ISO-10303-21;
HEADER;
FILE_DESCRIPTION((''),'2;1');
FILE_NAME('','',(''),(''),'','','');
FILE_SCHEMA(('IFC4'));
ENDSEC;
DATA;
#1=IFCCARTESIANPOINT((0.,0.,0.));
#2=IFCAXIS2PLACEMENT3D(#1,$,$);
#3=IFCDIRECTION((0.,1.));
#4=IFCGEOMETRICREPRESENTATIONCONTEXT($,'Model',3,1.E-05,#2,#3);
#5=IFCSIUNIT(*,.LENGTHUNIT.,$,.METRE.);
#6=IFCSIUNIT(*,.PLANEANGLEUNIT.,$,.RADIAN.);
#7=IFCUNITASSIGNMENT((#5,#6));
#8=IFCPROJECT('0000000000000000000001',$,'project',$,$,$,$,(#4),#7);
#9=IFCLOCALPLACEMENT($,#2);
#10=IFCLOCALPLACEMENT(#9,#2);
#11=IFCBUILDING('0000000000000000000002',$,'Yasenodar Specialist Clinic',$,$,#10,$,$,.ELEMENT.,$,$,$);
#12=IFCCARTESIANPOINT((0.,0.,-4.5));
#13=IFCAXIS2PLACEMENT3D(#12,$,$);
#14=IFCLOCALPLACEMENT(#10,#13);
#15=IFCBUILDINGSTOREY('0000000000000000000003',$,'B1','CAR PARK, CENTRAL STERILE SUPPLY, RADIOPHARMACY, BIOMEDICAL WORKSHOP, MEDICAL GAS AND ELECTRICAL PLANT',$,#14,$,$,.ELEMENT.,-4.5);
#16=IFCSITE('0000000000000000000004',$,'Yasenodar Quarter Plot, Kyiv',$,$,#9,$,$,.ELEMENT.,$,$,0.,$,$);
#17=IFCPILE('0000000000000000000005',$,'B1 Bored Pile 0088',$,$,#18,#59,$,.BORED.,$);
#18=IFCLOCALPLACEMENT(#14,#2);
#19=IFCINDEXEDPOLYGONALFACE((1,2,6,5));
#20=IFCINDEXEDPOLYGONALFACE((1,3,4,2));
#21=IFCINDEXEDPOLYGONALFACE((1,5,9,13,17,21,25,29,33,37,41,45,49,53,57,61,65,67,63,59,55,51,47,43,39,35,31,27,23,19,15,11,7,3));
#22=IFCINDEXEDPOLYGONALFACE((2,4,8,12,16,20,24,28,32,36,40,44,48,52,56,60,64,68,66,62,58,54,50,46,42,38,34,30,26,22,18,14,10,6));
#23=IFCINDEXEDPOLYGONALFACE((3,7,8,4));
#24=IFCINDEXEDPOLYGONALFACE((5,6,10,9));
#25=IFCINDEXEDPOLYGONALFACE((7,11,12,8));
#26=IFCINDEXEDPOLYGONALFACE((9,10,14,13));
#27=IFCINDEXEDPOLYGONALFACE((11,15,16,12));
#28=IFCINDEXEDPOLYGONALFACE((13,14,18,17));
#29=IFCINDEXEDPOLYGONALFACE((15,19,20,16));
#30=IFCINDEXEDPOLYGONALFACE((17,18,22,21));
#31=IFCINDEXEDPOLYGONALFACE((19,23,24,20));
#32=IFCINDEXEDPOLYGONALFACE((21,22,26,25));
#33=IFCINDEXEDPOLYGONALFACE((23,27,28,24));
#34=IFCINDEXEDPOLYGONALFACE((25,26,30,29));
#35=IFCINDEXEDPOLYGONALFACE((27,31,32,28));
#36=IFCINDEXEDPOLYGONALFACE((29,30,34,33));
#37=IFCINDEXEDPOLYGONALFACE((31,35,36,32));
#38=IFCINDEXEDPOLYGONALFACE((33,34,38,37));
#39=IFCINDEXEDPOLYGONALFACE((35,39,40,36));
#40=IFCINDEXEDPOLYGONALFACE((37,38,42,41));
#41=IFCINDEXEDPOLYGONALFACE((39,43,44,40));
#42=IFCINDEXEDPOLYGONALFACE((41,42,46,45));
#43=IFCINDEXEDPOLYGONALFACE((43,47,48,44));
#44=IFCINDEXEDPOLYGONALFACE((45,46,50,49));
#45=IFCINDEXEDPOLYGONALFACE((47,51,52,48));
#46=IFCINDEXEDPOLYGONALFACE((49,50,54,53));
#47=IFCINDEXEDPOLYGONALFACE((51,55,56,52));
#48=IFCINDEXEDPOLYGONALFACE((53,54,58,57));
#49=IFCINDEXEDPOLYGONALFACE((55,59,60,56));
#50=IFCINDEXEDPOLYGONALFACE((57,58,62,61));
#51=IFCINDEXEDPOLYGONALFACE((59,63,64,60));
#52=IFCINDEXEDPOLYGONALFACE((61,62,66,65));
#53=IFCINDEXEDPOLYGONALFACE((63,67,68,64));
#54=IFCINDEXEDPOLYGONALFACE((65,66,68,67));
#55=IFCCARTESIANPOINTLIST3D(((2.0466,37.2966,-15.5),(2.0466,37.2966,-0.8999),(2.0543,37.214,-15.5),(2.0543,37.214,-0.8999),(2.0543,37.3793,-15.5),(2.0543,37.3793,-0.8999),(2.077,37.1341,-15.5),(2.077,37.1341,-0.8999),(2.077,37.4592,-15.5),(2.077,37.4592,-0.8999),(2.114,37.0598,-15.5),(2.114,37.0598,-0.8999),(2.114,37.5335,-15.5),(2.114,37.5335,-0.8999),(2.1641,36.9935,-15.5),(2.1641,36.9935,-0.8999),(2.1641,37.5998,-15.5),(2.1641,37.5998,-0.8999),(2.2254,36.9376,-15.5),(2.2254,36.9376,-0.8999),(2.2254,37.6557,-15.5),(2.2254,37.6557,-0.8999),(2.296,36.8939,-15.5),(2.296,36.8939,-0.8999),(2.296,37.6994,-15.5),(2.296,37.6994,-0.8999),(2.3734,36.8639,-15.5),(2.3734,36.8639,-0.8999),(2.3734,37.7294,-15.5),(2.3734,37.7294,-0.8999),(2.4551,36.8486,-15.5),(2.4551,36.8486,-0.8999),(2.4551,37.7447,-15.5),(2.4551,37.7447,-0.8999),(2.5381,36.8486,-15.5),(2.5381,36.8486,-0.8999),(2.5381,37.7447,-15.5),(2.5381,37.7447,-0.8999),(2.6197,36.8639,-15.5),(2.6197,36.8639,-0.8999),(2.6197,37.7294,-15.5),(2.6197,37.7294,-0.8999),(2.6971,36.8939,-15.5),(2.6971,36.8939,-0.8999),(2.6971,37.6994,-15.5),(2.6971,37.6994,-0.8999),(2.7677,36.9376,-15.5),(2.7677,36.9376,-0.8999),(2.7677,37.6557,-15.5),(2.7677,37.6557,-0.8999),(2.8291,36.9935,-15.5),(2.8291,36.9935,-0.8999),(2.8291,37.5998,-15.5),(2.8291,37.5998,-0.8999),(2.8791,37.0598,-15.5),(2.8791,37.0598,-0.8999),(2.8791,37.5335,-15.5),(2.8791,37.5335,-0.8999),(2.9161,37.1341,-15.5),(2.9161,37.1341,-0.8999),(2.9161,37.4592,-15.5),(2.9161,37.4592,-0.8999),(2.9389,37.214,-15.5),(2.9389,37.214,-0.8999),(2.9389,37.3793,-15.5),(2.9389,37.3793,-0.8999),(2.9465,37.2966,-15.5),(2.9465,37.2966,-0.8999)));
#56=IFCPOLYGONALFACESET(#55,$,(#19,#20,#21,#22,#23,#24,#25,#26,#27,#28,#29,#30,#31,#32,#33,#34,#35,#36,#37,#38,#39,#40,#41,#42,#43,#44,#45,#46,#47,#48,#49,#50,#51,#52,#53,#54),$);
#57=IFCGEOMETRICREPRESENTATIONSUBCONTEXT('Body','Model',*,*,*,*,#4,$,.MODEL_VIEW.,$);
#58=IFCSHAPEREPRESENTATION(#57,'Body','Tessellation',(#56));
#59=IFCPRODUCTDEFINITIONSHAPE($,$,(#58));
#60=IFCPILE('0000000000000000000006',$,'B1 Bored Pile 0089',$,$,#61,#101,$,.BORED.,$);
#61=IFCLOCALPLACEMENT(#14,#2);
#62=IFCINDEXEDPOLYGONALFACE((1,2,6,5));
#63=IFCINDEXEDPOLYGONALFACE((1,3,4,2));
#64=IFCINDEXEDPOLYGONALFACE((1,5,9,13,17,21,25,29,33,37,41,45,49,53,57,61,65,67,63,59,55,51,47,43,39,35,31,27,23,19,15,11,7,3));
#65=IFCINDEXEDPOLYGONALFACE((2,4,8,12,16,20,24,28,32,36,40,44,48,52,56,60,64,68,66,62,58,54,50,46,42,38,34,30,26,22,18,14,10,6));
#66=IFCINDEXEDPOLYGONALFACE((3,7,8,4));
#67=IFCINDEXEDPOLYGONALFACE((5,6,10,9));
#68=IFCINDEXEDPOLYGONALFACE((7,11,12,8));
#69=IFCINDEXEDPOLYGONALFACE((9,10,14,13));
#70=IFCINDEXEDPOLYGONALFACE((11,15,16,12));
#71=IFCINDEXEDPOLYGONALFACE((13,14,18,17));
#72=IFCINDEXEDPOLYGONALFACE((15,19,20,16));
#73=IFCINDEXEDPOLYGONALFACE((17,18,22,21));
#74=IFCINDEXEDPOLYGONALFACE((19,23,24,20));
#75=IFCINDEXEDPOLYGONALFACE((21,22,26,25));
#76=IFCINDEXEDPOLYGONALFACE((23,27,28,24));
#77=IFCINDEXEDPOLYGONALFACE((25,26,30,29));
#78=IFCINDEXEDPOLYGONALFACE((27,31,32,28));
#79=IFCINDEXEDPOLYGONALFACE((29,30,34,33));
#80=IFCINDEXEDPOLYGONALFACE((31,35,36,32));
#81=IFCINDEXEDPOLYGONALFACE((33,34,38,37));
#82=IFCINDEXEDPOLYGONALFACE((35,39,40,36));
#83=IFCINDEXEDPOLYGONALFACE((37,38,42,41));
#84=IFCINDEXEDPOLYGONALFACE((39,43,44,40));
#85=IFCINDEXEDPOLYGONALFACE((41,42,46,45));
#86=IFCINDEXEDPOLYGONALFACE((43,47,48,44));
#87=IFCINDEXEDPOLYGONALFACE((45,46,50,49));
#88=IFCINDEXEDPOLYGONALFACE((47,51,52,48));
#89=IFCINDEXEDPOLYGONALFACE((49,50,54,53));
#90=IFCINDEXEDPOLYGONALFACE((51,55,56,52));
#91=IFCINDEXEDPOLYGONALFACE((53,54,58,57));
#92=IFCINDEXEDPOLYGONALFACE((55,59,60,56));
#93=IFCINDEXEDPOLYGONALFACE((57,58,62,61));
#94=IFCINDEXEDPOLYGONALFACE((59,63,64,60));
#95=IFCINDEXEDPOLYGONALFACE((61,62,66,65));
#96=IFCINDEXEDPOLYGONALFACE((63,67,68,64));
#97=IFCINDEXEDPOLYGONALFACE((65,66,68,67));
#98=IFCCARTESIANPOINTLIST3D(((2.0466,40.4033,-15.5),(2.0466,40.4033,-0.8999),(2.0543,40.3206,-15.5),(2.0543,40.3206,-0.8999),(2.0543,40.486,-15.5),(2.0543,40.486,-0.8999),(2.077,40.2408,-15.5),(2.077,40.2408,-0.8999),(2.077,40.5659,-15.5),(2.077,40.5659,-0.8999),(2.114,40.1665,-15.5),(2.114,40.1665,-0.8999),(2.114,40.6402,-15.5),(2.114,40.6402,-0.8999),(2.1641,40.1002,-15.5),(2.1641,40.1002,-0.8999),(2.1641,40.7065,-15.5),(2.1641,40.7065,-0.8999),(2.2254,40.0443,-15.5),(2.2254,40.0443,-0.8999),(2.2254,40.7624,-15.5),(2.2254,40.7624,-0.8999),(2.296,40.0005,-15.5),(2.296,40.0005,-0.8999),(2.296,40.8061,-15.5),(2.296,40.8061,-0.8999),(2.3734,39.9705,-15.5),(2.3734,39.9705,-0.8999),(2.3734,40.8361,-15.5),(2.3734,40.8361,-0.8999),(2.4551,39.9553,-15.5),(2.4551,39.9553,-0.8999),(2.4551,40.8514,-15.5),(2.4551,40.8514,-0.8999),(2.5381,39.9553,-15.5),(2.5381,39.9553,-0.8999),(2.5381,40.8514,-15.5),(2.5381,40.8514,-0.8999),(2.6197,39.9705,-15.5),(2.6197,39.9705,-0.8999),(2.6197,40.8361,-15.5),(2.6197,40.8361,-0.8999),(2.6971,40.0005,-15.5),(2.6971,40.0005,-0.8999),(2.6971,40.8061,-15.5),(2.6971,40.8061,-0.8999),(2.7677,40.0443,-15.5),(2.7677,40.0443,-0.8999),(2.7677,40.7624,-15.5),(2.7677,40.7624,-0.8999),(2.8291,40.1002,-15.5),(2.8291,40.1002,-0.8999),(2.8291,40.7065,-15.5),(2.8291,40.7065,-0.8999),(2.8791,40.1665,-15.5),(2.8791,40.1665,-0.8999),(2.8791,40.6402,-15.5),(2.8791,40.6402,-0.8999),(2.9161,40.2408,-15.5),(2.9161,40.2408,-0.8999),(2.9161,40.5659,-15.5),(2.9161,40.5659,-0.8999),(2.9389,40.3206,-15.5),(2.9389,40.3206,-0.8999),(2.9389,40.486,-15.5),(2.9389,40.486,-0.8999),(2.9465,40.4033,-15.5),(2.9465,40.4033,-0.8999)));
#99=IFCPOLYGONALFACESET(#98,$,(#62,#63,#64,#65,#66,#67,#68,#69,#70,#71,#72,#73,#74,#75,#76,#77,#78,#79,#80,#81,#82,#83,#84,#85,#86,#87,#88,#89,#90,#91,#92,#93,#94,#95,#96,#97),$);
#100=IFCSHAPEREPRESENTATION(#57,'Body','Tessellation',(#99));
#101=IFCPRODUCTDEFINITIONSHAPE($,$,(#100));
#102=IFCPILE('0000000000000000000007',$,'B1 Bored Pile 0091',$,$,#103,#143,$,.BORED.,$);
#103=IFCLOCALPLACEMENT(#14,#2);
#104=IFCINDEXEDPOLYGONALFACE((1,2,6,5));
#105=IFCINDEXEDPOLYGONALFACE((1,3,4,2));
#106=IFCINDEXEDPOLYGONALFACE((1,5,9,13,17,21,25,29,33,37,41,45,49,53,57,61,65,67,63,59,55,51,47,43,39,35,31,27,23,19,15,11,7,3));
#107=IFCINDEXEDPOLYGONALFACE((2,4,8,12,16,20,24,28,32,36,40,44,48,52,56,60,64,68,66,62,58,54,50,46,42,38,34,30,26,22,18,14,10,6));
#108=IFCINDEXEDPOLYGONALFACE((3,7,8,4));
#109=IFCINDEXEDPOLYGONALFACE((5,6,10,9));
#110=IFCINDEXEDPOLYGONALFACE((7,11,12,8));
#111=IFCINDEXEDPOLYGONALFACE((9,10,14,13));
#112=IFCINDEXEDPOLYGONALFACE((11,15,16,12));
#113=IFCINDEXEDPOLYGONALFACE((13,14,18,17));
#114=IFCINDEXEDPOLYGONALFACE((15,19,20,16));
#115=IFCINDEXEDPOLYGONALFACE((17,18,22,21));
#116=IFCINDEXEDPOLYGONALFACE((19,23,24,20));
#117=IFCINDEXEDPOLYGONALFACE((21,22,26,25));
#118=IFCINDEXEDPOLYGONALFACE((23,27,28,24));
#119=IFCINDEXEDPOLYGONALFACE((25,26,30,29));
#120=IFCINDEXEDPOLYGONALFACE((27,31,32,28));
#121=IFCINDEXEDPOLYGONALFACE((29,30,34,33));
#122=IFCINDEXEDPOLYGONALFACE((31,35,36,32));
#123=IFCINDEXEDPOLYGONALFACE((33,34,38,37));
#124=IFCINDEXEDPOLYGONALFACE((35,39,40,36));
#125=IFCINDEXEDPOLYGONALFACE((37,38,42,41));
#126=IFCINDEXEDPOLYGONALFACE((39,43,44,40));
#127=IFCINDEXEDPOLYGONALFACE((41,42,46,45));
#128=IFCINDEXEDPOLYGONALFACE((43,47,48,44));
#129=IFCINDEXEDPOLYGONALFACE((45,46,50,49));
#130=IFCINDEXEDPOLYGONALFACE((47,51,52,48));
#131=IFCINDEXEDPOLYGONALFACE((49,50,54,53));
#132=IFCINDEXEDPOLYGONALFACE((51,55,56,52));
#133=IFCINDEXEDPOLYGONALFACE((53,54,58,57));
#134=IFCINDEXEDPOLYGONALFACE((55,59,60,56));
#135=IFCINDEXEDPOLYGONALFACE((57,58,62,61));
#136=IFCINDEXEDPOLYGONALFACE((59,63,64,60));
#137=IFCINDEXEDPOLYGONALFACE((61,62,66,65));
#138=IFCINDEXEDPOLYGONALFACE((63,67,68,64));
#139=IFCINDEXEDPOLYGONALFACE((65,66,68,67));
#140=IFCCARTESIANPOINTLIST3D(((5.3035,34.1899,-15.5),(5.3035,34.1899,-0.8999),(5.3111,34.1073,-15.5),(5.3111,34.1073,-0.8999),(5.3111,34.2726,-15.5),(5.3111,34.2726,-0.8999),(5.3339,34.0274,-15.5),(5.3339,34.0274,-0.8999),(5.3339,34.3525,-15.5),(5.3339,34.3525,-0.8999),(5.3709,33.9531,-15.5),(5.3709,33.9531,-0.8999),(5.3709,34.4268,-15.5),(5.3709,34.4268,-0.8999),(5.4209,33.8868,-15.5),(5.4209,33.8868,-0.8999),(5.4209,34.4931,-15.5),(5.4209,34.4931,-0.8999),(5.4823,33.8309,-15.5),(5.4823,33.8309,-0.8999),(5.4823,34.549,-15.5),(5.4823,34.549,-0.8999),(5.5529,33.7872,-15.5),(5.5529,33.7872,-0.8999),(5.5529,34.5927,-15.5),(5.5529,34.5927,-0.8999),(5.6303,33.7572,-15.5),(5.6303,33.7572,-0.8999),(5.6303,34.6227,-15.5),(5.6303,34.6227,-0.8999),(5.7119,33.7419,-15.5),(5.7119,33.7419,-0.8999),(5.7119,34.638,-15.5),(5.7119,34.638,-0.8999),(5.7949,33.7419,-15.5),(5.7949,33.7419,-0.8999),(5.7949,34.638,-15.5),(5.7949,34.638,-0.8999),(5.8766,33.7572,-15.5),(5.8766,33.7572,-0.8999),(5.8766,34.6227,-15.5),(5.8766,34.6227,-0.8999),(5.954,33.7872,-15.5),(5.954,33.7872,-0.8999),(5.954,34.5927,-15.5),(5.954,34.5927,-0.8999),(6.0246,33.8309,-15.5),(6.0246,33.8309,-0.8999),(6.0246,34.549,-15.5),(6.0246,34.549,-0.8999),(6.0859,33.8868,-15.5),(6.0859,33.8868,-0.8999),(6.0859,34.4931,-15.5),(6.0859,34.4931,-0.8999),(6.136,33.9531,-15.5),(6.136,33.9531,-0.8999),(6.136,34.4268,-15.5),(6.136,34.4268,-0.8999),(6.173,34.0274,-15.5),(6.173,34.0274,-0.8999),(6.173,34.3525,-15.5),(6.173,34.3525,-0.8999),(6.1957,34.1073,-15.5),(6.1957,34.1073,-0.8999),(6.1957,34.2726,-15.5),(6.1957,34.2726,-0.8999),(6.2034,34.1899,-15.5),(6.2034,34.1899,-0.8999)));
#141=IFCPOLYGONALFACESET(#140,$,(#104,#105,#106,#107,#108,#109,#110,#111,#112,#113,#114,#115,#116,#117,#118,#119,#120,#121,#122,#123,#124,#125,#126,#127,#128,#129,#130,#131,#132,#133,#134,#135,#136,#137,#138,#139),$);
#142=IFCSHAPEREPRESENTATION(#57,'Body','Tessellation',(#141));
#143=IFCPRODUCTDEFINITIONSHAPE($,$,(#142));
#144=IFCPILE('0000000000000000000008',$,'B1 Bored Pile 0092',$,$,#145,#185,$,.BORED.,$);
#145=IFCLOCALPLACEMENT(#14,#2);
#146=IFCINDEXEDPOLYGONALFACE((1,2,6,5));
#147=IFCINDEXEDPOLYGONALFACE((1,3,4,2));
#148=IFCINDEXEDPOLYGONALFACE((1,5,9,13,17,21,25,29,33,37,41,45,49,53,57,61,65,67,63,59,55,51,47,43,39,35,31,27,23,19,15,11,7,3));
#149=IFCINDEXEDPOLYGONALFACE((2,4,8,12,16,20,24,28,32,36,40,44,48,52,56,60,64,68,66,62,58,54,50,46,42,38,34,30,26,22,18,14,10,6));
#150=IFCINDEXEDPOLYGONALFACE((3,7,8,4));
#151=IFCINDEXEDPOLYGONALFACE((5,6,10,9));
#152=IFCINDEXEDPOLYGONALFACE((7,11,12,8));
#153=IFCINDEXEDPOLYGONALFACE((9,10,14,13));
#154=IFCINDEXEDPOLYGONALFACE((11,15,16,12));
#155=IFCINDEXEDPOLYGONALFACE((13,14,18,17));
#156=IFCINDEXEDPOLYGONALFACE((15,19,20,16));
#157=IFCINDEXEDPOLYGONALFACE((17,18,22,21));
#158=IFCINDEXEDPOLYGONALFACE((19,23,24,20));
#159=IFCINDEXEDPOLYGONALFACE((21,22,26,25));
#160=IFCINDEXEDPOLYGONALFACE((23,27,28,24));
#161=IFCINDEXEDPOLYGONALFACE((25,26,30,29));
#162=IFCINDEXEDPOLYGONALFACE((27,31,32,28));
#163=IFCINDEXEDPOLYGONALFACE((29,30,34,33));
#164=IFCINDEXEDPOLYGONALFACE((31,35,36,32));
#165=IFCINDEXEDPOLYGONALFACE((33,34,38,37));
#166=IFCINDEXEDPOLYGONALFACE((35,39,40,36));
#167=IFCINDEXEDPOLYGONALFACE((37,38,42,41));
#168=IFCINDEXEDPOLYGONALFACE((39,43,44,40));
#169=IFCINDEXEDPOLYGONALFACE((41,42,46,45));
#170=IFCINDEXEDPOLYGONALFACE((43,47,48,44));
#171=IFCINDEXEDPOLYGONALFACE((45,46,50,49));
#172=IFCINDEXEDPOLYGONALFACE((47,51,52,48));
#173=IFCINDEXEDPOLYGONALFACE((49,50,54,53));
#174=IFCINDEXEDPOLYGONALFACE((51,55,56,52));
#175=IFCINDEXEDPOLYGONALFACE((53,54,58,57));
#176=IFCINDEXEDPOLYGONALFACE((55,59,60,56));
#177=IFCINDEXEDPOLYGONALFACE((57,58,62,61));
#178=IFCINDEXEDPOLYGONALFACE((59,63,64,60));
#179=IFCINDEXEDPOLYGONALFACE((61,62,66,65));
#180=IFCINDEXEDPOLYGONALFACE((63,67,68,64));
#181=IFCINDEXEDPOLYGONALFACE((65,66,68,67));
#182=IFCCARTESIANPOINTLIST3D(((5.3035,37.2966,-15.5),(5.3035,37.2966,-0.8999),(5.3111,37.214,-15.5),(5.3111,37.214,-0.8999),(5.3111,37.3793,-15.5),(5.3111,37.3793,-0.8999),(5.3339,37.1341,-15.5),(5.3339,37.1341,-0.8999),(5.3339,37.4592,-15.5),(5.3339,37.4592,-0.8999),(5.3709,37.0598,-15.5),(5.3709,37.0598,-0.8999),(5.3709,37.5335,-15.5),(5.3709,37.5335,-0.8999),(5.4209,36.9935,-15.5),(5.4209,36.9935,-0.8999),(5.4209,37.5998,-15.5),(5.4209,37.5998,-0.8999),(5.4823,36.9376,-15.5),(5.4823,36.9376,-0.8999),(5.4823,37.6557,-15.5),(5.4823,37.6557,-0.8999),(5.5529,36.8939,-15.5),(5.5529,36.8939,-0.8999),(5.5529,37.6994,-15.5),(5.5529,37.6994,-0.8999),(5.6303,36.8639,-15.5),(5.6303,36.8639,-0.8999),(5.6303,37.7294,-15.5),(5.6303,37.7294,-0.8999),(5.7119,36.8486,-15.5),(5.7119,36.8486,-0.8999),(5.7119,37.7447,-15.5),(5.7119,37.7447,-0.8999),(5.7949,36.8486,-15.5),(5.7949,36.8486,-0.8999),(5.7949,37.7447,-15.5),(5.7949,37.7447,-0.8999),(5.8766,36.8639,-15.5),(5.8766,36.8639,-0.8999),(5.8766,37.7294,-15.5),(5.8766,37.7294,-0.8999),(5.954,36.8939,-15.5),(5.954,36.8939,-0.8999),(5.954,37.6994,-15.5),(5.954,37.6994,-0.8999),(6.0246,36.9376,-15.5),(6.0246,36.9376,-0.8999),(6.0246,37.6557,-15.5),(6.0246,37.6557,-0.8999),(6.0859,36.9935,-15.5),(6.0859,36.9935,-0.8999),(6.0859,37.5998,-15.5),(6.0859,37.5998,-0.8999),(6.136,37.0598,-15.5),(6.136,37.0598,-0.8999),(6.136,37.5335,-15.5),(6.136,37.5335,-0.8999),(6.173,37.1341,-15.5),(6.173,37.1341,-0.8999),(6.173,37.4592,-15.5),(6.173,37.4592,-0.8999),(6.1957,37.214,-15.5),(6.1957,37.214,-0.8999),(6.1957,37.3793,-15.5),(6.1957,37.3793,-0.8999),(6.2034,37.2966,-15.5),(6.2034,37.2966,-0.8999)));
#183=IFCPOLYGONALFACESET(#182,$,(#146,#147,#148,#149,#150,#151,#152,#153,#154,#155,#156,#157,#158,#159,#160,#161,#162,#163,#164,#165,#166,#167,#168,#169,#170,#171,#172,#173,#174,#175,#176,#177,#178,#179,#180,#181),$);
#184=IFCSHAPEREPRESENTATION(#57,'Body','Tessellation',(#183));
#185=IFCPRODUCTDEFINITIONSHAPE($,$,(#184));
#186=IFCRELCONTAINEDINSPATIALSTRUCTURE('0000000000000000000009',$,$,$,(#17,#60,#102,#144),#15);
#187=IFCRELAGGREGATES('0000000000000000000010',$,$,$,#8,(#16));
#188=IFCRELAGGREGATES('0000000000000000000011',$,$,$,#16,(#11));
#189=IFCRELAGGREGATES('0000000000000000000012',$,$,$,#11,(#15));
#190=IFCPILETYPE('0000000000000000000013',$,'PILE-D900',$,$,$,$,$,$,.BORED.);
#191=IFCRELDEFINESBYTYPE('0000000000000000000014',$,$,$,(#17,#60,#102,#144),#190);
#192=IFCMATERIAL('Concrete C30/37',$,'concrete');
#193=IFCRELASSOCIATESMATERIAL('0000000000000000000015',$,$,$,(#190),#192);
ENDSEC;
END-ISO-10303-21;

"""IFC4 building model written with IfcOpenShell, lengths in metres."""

from ifc_helpers import new_model, si_unit, direction, frame, origin, origin_2d, place, context, subcontext, project, spatial, circle, extrude, material, material_profile, profile_set, type_object, element, save


model = new_model("IFC4")

# Units and contexts
model_context = context("Model", 3, precision=1e-05, world=origin(), true_north=direction((0.0, 1.0)))
body_context = subcontext(model_context, "Body", "Model", "MODEL_VIEW")
ifc_project = project(units=[si_unit("LENGTHUNIT", "METRE"), si_unit("PLANEANGLEUNIT", "RADIAN")], contexts=[model_context])

# Site, building, storey
site_placement = place(None, origin())
site = spatial("IfcSite", under=ifc_project, at=site_placement, Name="Yasenodar Quarter Plot, Kyiv", CompositionType="ELEMENT", RefElevation=0.0)
building_placement = place(site_placement, origin())
building = spatial("IfcBuilding", under=site, at=building_placement, Name="Yasenodar Specialist Clinic", CompositionType="ELEMENT")
storey_placement = place(building_placement, frame((0.0, 0.0, -4.5)))
storey = spatial("IfcBuildingStorey", under=building, at=storey_placement, Name="B1", Description="CAR PARK, CENTRAL STERILE SUPPLY, RADIOPHARMACY, BIOMEDICAL WORKSHOP, MEDICAL GAS AND ELECTRICAL PLANT", CompositionType="ELEMENT", Elevation=-4.5)

# Piles
ifc_material_1 = material(Name="Concrete C30/37", Category="concrete")
ifc_material_profile_1 = material_profile(ifc_material_1, circle(Radius=0.45, at=origin_2d()), Name="PILE D900")
ifc_profile_set_1 = profile_set([ifc_material_profile_1], Name="Concrete C30/37")
pile_type = type_object("IfcPileType", Name="PILE-D900", PredefinedType="BORED", material=ifc_profile_set_1)
for number, where, z_axis, x_axis, name in (
    (1, (2.4966, 37.2966, -0.8999), (0.0, 0.0, -1.0), (1.0, 0.0, 0.0), "B1 Bored Pile 0088"),
    (2, (2.4966, 40.4033, -0.8999), (0.0, 0.0, -1.0), (1.0, 0.0, 0.0), "B1 Bored Pile 0089"),
    (3, (5.7534, 34.1899, -0.8999), (0.0, 0.0, -1.0), (1.0, 0.0, 0.0), "B1 Bored Pile 0091"),
    (4, (5.7534, 37.2966, -0.8999), (0.0, 0.0, -1.0), (1.0, 0.0, 0.0), "B1 Bored Pile 0092"),
):
    element("IfcPile", number, at=place(storey_placement, frame(where, z_axis=z_axis, x_axis=x_axis)), inside=storey, type_object=pile_type, Name=name, PredefinedType="BORED", context=body_context, shape_type="SweptSolid", body=[
        extrude(circle(Radius=0.45, at=origin_2d()), origin(), (0.0, 0.0, 1.0), 14.6001),
    ])

save(model, "model.ifc")
